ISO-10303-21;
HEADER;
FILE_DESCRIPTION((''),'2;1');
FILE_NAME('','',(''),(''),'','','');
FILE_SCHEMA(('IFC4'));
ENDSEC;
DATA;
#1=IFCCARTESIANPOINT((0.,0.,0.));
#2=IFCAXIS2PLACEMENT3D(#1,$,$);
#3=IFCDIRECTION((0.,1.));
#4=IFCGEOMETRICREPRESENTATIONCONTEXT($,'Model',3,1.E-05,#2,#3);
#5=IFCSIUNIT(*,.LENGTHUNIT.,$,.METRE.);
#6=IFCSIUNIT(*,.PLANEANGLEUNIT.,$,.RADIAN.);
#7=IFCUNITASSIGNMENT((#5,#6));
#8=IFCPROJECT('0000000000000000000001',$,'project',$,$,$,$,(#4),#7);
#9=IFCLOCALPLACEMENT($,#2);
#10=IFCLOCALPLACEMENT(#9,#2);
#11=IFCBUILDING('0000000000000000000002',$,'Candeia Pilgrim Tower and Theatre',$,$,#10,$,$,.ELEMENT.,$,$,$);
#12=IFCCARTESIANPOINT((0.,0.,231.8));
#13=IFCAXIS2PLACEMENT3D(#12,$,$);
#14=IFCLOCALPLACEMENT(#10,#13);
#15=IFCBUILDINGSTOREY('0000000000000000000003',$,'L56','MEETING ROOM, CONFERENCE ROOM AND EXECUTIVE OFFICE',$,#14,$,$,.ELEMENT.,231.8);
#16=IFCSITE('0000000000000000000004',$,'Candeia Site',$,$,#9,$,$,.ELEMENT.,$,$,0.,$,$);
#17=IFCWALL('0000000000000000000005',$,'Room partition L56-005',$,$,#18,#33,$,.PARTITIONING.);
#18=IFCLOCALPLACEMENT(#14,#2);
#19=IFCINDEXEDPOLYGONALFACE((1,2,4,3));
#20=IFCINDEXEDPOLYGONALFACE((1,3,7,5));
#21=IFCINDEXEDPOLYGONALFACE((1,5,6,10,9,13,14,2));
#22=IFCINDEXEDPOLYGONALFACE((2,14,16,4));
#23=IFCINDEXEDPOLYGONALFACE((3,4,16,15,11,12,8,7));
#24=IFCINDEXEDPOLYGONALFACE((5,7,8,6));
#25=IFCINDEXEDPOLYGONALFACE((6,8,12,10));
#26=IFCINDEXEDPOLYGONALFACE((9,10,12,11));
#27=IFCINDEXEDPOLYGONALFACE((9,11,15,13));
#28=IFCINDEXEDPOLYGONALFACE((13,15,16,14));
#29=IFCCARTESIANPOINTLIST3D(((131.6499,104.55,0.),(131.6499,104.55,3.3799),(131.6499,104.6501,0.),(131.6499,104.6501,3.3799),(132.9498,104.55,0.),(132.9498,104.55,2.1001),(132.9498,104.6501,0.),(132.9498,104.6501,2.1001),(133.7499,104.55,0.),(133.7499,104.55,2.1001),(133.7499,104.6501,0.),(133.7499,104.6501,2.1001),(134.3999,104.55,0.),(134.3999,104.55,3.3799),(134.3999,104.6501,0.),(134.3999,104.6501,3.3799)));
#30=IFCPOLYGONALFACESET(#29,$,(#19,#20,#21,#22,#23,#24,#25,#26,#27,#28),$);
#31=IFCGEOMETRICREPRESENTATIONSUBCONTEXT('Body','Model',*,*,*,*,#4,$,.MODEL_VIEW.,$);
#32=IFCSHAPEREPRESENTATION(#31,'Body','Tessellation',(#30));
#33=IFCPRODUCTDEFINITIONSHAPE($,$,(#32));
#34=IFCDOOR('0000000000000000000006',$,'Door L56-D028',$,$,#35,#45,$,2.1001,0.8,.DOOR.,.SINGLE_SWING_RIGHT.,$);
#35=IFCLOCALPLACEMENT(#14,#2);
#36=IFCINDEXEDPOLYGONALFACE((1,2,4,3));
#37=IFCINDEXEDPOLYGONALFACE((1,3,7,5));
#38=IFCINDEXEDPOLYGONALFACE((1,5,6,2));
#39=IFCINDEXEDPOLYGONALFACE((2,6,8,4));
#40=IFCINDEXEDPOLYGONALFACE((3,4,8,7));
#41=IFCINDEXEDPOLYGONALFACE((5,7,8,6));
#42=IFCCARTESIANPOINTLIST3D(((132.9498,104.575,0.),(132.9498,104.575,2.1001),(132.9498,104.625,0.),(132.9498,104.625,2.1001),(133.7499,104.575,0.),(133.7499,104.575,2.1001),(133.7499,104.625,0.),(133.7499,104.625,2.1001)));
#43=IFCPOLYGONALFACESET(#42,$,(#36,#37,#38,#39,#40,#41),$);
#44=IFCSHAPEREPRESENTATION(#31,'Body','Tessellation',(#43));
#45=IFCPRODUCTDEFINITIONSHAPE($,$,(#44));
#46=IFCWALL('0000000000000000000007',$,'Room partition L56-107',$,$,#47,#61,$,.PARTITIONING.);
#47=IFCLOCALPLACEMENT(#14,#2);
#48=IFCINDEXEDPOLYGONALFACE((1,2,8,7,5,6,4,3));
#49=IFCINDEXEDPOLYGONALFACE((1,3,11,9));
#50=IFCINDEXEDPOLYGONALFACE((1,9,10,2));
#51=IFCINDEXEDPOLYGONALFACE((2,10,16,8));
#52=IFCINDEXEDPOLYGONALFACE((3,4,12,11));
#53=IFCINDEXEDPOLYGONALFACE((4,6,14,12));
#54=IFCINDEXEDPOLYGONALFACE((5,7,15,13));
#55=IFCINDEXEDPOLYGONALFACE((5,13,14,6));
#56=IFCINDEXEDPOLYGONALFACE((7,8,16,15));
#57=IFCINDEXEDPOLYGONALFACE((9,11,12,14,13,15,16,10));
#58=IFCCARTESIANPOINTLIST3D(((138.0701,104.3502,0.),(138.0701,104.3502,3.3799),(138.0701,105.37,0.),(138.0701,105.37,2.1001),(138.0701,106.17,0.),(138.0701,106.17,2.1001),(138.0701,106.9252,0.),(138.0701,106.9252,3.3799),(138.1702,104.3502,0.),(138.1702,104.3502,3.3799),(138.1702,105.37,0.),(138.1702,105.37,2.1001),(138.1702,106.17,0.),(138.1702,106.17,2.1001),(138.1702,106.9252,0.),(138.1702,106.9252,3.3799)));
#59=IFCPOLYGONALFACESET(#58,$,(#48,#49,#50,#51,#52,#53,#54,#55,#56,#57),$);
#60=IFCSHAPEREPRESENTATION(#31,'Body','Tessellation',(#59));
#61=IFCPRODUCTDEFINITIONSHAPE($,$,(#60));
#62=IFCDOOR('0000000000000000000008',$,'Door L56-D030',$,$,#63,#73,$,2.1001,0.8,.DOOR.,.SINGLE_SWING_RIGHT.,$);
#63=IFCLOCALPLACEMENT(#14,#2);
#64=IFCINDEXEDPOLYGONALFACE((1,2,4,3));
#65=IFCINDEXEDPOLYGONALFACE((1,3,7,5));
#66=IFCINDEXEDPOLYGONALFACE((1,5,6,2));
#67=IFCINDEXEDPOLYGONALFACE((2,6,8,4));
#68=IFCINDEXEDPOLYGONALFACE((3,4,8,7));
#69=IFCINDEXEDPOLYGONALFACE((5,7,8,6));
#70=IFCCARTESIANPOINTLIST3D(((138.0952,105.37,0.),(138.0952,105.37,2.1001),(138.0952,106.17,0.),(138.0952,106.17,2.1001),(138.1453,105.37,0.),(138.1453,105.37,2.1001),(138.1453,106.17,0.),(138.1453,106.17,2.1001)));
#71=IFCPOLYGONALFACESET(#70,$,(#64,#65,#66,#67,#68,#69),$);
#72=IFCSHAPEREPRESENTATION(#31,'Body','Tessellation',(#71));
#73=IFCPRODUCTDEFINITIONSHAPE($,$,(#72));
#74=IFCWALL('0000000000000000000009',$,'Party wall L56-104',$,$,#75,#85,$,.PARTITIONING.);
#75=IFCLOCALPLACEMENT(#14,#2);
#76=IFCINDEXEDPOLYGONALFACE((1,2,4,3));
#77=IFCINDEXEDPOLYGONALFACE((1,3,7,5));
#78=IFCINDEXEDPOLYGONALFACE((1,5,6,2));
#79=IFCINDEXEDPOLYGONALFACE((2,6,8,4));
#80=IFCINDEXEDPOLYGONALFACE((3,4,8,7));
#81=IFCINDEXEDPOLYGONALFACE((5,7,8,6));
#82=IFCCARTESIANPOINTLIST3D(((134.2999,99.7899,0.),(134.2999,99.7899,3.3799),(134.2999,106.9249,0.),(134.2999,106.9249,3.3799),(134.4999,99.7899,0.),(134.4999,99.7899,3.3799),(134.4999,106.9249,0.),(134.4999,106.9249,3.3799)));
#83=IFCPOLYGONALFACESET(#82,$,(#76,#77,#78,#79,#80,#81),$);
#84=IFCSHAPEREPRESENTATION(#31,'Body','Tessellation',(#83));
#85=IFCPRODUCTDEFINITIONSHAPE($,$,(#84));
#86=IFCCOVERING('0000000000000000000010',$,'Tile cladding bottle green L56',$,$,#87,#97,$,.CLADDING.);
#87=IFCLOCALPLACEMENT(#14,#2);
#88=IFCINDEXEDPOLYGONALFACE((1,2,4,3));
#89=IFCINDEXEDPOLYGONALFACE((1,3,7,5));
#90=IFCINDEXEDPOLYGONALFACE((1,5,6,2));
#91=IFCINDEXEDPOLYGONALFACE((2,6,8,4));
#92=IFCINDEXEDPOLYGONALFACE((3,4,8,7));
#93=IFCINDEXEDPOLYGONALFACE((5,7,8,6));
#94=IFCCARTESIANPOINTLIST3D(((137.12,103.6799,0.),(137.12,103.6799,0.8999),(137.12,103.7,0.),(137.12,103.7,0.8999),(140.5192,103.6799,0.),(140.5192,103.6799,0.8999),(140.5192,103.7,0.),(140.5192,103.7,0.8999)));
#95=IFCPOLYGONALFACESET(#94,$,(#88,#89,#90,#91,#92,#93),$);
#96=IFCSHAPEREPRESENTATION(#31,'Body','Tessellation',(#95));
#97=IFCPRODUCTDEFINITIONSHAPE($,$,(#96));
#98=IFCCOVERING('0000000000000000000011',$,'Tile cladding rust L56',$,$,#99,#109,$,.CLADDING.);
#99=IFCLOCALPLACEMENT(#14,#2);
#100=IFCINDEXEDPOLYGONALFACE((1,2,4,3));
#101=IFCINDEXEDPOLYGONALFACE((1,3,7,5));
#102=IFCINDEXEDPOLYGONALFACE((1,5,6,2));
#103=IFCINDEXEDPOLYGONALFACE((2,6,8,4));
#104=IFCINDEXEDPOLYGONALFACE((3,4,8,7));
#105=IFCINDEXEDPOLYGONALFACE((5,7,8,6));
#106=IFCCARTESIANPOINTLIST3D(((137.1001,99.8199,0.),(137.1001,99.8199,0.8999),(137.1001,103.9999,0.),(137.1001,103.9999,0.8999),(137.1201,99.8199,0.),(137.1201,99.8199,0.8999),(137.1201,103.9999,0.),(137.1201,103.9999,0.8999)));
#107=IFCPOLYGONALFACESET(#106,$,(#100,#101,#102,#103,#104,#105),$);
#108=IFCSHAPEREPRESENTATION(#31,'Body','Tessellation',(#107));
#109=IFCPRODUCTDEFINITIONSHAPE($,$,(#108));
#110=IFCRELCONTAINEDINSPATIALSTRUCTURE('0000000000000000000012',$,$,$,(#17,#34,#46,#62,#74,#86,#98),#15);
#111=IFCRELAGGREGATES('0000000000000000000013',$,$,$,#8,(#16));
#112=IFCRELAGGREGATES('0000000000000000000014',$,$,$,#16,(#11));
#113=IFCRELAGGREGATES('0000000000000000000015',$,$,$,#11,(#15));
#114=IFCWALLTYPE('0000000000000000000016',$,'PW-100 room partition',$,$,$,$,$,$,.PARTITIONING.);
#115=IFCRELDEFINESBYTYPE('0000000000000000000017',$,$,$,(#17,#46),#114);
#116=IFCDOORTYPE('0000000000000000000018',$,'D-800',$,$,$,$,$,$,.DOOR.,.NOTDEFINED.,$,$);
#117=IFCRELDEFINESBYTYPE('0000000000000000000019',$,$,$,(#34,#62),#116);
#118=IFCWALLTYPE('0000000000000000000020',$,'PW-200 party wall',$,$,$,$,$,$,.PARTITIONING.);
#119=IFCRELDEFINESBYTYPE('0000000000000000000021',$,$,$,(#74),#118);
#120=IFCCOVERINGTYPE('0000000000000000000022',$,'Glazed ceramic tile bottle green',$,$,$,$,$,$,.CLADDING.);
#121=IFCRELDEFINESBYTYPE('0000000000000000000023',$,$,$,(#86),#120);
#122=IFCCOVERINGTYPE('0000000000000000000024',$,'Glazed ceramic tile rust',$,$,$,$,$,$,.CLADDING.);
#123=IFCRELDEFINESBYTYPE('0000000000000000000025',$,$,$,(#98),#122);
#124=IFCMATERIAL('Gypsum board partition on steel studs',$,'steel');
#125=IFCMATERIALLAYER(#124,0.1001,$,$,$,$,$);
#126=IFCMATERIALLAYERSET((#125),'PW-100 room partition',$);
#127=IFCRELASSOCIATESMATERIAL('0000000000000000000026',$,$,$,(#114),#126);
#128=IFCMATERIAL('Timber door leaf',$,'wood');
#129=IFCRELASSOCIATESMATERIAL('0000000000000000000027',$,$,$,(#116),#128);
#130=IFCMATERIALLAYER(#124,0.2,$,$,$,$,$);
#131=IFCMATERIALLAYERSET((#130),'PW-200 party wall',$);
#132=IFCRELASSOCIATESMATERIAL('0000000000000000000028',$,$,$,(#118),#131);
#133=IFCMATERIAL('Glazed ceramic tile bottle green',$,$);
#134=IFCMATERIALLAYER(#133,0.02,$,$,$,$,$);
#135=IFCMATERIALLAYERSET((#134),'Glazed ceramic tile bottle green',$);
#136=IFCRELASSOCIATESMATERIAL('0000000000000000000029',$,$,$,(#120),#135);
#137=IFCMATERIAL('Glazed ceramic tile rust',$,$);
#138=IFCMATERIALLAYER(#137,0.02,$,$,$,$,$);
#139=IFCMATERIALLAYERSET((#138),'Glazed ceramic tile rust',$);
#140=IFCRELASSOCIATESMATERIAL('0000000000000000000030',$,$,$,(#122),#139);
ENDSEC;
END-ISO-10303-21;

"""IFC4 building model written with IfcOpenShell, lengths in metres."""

from ifc_helpers import new_model, si_unit, direction, frame, frame_2d, origin, origin_2d, place, context, subcontext, project, spatial, rectangle, extrude, material, layer, layer_set, type_object, element, fill, save


model = new_model("IFC4")

# Units and contexts
model_context = context("Model", 3, precision=1e-05, world=origin(), true_north=direction((0.0, 1.0)))
body_context = subcontext(model_context, "Body", "Model", "MODEL_VIEW")
ifc_project = project(units=[si_unit("LENGTHUNIT", "METRE"), si_unit("PLANEANGLEUNIT", "RADIAN")], contexts=[model_context])

# Site, building, storey
site_placement = place(None, origin())
site = spatial("IfcSite", under=ifc_project, at=site_placement, Name="Candeia Site", CompositionType="ELEMENT", RefElevation=0.0)
building_placement = place(site_placement, origin())
building = spatial("IfcBuilding", under=site, at=building_placement, Name="Candeia Pilgrim Tower and Theatre", CompositionType="ELEMENT")
storey_placement = place(building_placement, frame((0.0, 0.0, 231.8)))
storey = spatial("IfcBuildingStorey", under=building, at=storey_placement, Name="L56", Description="MEETING ROOM, CONFERENCE ROOM AND EXECUTIVE OFFICE", CompositionType="ELEMENT", Elevation=231.8)

# Shared definitions
ifc_material_1 = material(Name="Gypsum board partition on steel studs", Category="steel")
ifc_layer_1 = layer(ifc_material_1, 0.1001)
ifc_layer_set_1 = layer_set([ifc_layer_1], Name="PW-100 room partition")
wall_type_1 = type_object("IfcWallType", Name="PW-100 room partition", PredefinedType="PARTITIONING", material=ifc_layer_set_1)

# Walls, openings, doors
wall_1_placement = place(storey_placement, frame((131.6499, 104.6001, 0.0), z_axis=(0.0, 0.0, 1.0), x_axis=(1.0, 0.0, 0.0)))
wall_1 = element("IfcWall", 1, at=wall_1_placement, inside=storey, type_object=wall_type_1, Name="Room partition L56-005", PredefinedType="PARTITIONING", context=body_context, shape_type="SweptSolid", body=[
    extrude(rectangle(XDim=2.75, YDim=0.1001, at=frame_2d((1.375, 0.0))), origin(), (0.0, 0.0, 1.0), 3.3799),
])
opening_1_placement = place(wall_1_placement, frame((1.3, 0.0, 0.0)))
opening_1 = element("IfcOpeningElement", 2, at=opening_1_placement, cuts=wall_1, PredefinedType="OPENING", context=body_context, shape_type="SweptSolid", body=[
    extrude(rectangle(XDim=0.8, YDim=2.1001, at=frame_2d((0.3999, 1.05))), frame((0.0, 0.0601, 0.0), z_axis=(0.0, -1.0, 0.0), x_axis=(1.0, 0.0, 0.0)), (0.0, 0.0, 1.0), 0.1201),
])
ifc_material_2 = material(Name="Timber door leaf", Category="wood")
door_type_1 = type_object("IfcDoorType", Name="D-800", OperationType="NOTDEFINED", PredefinedType="DOOR", material=ifc_material_2)
door_1_placement = place(opening_1_placement, origin())
door_1 = element("IfcDoor", 3, at=door_1_placement, inside=storey, type_object=door_type_1, Name="Door L56-D028", OperationType="SINGLE_SWING_RIGHT", OverallHeight=2.1001, OverallWidth=0.8, PredefinedType="DOOR", context=body_context, shape_type="SweptSolid", body=[
    extrude(rectangle(XDim=0.8, YDim=2.1001, at=frame_2d((0.3999, 1.05))), frame((0.0, 0.0249, 0.0), z_axis=(0.0, -1.0, 0.0), x_axis=(1.0, 0.0, 0.0)), (0.0, 0.0, 1.0), 0.05),
])
fill(opening_1, door_1)
wall_2_placement = place(storey_placement, frame((138.1201, 104.3501, 0.0), z_axis=(0.0, 0.0, 1.0), x_axis=(0.0, 1.0, 0.0)))
wall_2 = element("IfcWall", 4, at=wall_2_placement, inside=storey, type_object=wall_type_1, Name="Room partition L56-107", PredefinedType="PARTITIONING", context=body_context, shape_type="SweptSolid", body=[
    extrude(rectangle(XDim=2.575, YDim=0.1001, at=frame_2d((1.2876, 0.0))), origin(), (0.0, 0.0, 1.0), 3.3799),
])
opening_2_placement = place(wall_2_placement, frame((1.02, 0.0, 0.0)))
opening_2 = element("IfcOpeningElement", 5, at=opening_2_placement, cuts=wall_2, PredefinedType="OPENING", context=body_context, shape_type="SweptSolid", body=[
    extrude(rectangle(XDim=0.8, YDim=2.1001, at=frame_2d((0.3999, 1.05))), frame((0.0, 0.0601, 0.0), z_axis=(0.0, -1.0, 0.0), x_axis=(1.0, 0.0, 0.0)), (0.0, 0.0, 1.0), 0.1201),
])
door_2_placement = place(opening_2_placement, origin())
door_2 = element("IfcDoor", 6, at=door_2_placement, inside=storey, type_object=door_type_1, Name="Door L56-D030", OperationType="SINGLE_SWING_RIGHT", OverallHeight=2.1001, OverallWidth=0.8, PredefinedType="DOOR", context=body_context, shape_type="SweptSolid", body=[
    extrude(rectangle(XDim=0.8, YDim=2.1001, at=frame_2d((0.3999, 1.05))), frame((0.0, 0.0249, 0.0), z_axis=(0.0, -1.0, 0.0), x_axis=(1.0, 0.0, 0.0)), (0.0, 0.0, 1.0), 0.05),
])
fill(opening_2, door_2)

# Wall
ifc_layer_2 = layer(ifc_material_1, 0.2)
ifc_layer_set_2 = layer_set([ifc_layer_2], Name="PW-200 party wall")
wall_type_2 = type_object("IfcWallType", Name="PW-200 party wall", PredefinedType="PARTITIONING", material=ifc_layer_set_2)
wall_3_placement = place(storey_placement, frame((134.3999, 99.79, 0.0), z_axis=(0.0, 0.0, 1.0), x_axis=(0.0, 1.0, 0.0)))
element("IfcWall", 7, at=wall_3_placement, inside=storey, type_object=wall_type_2, Name="Party wall L56-104", PredefinedType="PARTITIONING", context=body_context, shape_type="SweptSolid", body=[
    extrude(rectangle(XDim=7.135, YDim=0.2, at=frame_2d((3.5674, 0.0))), origin(), (0.0, 0.0, 1.0), 3.3799),
])

# Coverings
ifc_material_3 = material(Name="Glazed ceramic tile bottle green")
ifc_layer_3 = layer(ifc_material_3, 0.02)
ifc_layer_set_3 = layer_set([ifc_layer_3], Name="Glazed ceramic tile bottle green")
covering_type_1 = type_object("IfcCoveringType", Name="Glazed ceramic tile bottle green", PredefinedType="CLADDING", material=ifc_layer_set_3)
covering_1_placement = place(storey_placement, frame((138.8196, 103.6899, 0.0), z_axis=(0.0, 0.0, 1.0), x_axis=(1.0, 0.0, 0.0)))
element("IfcCovering", 8, at=covering_1_placement, inside=storey, type_object=covering_type_1, Name="Tile cladding bottle green L56", PredefinedType="CLADDING", context=body_context, shape_type="SweptSolid", body=[
    extrude(rectangle(XDim=3.3992, YDim=0.02, at=origin_2d()), origin(), (0.0, 0.0, 1.0), 0.8999),
])
ifc_material_4 = material(Name="Glazed ceramic tile rust")
ifc_layer_4 = layer(ifc_material_4, 0.02)
ifc_layer_set_4 = layer_set([ifc_layer_4], Name="Glazed ceramic tile rust")
covering_type_2 = type_object("IfcCoveringType", Name="Glazed ceramic tile rust", PredefinedType="CLADDING", material=ifc_layer_set_4)
covering_2_placement = place(storey_placement, frame((137.1101, 101.9099, 0.0), z_axis=(0.0, 0.0, 1.0), x_axis=(0.0, 1.0, 0.0)))
element("IfcCovering", 9, at=covering_2_placement, inside=storey, type_object=covering_type_2, Name="Tile cladding rust L56", PredefinedType="CLADDING", context=body_context, shape_type="SweptSolid", body=[
    extrude(rectangle(XDim=4.1799, YDim=0.02, at=origin_2d()), origin(), (0.0, 0.0, 1.0), 0.8999),
])

save(model, "model.ifc")
